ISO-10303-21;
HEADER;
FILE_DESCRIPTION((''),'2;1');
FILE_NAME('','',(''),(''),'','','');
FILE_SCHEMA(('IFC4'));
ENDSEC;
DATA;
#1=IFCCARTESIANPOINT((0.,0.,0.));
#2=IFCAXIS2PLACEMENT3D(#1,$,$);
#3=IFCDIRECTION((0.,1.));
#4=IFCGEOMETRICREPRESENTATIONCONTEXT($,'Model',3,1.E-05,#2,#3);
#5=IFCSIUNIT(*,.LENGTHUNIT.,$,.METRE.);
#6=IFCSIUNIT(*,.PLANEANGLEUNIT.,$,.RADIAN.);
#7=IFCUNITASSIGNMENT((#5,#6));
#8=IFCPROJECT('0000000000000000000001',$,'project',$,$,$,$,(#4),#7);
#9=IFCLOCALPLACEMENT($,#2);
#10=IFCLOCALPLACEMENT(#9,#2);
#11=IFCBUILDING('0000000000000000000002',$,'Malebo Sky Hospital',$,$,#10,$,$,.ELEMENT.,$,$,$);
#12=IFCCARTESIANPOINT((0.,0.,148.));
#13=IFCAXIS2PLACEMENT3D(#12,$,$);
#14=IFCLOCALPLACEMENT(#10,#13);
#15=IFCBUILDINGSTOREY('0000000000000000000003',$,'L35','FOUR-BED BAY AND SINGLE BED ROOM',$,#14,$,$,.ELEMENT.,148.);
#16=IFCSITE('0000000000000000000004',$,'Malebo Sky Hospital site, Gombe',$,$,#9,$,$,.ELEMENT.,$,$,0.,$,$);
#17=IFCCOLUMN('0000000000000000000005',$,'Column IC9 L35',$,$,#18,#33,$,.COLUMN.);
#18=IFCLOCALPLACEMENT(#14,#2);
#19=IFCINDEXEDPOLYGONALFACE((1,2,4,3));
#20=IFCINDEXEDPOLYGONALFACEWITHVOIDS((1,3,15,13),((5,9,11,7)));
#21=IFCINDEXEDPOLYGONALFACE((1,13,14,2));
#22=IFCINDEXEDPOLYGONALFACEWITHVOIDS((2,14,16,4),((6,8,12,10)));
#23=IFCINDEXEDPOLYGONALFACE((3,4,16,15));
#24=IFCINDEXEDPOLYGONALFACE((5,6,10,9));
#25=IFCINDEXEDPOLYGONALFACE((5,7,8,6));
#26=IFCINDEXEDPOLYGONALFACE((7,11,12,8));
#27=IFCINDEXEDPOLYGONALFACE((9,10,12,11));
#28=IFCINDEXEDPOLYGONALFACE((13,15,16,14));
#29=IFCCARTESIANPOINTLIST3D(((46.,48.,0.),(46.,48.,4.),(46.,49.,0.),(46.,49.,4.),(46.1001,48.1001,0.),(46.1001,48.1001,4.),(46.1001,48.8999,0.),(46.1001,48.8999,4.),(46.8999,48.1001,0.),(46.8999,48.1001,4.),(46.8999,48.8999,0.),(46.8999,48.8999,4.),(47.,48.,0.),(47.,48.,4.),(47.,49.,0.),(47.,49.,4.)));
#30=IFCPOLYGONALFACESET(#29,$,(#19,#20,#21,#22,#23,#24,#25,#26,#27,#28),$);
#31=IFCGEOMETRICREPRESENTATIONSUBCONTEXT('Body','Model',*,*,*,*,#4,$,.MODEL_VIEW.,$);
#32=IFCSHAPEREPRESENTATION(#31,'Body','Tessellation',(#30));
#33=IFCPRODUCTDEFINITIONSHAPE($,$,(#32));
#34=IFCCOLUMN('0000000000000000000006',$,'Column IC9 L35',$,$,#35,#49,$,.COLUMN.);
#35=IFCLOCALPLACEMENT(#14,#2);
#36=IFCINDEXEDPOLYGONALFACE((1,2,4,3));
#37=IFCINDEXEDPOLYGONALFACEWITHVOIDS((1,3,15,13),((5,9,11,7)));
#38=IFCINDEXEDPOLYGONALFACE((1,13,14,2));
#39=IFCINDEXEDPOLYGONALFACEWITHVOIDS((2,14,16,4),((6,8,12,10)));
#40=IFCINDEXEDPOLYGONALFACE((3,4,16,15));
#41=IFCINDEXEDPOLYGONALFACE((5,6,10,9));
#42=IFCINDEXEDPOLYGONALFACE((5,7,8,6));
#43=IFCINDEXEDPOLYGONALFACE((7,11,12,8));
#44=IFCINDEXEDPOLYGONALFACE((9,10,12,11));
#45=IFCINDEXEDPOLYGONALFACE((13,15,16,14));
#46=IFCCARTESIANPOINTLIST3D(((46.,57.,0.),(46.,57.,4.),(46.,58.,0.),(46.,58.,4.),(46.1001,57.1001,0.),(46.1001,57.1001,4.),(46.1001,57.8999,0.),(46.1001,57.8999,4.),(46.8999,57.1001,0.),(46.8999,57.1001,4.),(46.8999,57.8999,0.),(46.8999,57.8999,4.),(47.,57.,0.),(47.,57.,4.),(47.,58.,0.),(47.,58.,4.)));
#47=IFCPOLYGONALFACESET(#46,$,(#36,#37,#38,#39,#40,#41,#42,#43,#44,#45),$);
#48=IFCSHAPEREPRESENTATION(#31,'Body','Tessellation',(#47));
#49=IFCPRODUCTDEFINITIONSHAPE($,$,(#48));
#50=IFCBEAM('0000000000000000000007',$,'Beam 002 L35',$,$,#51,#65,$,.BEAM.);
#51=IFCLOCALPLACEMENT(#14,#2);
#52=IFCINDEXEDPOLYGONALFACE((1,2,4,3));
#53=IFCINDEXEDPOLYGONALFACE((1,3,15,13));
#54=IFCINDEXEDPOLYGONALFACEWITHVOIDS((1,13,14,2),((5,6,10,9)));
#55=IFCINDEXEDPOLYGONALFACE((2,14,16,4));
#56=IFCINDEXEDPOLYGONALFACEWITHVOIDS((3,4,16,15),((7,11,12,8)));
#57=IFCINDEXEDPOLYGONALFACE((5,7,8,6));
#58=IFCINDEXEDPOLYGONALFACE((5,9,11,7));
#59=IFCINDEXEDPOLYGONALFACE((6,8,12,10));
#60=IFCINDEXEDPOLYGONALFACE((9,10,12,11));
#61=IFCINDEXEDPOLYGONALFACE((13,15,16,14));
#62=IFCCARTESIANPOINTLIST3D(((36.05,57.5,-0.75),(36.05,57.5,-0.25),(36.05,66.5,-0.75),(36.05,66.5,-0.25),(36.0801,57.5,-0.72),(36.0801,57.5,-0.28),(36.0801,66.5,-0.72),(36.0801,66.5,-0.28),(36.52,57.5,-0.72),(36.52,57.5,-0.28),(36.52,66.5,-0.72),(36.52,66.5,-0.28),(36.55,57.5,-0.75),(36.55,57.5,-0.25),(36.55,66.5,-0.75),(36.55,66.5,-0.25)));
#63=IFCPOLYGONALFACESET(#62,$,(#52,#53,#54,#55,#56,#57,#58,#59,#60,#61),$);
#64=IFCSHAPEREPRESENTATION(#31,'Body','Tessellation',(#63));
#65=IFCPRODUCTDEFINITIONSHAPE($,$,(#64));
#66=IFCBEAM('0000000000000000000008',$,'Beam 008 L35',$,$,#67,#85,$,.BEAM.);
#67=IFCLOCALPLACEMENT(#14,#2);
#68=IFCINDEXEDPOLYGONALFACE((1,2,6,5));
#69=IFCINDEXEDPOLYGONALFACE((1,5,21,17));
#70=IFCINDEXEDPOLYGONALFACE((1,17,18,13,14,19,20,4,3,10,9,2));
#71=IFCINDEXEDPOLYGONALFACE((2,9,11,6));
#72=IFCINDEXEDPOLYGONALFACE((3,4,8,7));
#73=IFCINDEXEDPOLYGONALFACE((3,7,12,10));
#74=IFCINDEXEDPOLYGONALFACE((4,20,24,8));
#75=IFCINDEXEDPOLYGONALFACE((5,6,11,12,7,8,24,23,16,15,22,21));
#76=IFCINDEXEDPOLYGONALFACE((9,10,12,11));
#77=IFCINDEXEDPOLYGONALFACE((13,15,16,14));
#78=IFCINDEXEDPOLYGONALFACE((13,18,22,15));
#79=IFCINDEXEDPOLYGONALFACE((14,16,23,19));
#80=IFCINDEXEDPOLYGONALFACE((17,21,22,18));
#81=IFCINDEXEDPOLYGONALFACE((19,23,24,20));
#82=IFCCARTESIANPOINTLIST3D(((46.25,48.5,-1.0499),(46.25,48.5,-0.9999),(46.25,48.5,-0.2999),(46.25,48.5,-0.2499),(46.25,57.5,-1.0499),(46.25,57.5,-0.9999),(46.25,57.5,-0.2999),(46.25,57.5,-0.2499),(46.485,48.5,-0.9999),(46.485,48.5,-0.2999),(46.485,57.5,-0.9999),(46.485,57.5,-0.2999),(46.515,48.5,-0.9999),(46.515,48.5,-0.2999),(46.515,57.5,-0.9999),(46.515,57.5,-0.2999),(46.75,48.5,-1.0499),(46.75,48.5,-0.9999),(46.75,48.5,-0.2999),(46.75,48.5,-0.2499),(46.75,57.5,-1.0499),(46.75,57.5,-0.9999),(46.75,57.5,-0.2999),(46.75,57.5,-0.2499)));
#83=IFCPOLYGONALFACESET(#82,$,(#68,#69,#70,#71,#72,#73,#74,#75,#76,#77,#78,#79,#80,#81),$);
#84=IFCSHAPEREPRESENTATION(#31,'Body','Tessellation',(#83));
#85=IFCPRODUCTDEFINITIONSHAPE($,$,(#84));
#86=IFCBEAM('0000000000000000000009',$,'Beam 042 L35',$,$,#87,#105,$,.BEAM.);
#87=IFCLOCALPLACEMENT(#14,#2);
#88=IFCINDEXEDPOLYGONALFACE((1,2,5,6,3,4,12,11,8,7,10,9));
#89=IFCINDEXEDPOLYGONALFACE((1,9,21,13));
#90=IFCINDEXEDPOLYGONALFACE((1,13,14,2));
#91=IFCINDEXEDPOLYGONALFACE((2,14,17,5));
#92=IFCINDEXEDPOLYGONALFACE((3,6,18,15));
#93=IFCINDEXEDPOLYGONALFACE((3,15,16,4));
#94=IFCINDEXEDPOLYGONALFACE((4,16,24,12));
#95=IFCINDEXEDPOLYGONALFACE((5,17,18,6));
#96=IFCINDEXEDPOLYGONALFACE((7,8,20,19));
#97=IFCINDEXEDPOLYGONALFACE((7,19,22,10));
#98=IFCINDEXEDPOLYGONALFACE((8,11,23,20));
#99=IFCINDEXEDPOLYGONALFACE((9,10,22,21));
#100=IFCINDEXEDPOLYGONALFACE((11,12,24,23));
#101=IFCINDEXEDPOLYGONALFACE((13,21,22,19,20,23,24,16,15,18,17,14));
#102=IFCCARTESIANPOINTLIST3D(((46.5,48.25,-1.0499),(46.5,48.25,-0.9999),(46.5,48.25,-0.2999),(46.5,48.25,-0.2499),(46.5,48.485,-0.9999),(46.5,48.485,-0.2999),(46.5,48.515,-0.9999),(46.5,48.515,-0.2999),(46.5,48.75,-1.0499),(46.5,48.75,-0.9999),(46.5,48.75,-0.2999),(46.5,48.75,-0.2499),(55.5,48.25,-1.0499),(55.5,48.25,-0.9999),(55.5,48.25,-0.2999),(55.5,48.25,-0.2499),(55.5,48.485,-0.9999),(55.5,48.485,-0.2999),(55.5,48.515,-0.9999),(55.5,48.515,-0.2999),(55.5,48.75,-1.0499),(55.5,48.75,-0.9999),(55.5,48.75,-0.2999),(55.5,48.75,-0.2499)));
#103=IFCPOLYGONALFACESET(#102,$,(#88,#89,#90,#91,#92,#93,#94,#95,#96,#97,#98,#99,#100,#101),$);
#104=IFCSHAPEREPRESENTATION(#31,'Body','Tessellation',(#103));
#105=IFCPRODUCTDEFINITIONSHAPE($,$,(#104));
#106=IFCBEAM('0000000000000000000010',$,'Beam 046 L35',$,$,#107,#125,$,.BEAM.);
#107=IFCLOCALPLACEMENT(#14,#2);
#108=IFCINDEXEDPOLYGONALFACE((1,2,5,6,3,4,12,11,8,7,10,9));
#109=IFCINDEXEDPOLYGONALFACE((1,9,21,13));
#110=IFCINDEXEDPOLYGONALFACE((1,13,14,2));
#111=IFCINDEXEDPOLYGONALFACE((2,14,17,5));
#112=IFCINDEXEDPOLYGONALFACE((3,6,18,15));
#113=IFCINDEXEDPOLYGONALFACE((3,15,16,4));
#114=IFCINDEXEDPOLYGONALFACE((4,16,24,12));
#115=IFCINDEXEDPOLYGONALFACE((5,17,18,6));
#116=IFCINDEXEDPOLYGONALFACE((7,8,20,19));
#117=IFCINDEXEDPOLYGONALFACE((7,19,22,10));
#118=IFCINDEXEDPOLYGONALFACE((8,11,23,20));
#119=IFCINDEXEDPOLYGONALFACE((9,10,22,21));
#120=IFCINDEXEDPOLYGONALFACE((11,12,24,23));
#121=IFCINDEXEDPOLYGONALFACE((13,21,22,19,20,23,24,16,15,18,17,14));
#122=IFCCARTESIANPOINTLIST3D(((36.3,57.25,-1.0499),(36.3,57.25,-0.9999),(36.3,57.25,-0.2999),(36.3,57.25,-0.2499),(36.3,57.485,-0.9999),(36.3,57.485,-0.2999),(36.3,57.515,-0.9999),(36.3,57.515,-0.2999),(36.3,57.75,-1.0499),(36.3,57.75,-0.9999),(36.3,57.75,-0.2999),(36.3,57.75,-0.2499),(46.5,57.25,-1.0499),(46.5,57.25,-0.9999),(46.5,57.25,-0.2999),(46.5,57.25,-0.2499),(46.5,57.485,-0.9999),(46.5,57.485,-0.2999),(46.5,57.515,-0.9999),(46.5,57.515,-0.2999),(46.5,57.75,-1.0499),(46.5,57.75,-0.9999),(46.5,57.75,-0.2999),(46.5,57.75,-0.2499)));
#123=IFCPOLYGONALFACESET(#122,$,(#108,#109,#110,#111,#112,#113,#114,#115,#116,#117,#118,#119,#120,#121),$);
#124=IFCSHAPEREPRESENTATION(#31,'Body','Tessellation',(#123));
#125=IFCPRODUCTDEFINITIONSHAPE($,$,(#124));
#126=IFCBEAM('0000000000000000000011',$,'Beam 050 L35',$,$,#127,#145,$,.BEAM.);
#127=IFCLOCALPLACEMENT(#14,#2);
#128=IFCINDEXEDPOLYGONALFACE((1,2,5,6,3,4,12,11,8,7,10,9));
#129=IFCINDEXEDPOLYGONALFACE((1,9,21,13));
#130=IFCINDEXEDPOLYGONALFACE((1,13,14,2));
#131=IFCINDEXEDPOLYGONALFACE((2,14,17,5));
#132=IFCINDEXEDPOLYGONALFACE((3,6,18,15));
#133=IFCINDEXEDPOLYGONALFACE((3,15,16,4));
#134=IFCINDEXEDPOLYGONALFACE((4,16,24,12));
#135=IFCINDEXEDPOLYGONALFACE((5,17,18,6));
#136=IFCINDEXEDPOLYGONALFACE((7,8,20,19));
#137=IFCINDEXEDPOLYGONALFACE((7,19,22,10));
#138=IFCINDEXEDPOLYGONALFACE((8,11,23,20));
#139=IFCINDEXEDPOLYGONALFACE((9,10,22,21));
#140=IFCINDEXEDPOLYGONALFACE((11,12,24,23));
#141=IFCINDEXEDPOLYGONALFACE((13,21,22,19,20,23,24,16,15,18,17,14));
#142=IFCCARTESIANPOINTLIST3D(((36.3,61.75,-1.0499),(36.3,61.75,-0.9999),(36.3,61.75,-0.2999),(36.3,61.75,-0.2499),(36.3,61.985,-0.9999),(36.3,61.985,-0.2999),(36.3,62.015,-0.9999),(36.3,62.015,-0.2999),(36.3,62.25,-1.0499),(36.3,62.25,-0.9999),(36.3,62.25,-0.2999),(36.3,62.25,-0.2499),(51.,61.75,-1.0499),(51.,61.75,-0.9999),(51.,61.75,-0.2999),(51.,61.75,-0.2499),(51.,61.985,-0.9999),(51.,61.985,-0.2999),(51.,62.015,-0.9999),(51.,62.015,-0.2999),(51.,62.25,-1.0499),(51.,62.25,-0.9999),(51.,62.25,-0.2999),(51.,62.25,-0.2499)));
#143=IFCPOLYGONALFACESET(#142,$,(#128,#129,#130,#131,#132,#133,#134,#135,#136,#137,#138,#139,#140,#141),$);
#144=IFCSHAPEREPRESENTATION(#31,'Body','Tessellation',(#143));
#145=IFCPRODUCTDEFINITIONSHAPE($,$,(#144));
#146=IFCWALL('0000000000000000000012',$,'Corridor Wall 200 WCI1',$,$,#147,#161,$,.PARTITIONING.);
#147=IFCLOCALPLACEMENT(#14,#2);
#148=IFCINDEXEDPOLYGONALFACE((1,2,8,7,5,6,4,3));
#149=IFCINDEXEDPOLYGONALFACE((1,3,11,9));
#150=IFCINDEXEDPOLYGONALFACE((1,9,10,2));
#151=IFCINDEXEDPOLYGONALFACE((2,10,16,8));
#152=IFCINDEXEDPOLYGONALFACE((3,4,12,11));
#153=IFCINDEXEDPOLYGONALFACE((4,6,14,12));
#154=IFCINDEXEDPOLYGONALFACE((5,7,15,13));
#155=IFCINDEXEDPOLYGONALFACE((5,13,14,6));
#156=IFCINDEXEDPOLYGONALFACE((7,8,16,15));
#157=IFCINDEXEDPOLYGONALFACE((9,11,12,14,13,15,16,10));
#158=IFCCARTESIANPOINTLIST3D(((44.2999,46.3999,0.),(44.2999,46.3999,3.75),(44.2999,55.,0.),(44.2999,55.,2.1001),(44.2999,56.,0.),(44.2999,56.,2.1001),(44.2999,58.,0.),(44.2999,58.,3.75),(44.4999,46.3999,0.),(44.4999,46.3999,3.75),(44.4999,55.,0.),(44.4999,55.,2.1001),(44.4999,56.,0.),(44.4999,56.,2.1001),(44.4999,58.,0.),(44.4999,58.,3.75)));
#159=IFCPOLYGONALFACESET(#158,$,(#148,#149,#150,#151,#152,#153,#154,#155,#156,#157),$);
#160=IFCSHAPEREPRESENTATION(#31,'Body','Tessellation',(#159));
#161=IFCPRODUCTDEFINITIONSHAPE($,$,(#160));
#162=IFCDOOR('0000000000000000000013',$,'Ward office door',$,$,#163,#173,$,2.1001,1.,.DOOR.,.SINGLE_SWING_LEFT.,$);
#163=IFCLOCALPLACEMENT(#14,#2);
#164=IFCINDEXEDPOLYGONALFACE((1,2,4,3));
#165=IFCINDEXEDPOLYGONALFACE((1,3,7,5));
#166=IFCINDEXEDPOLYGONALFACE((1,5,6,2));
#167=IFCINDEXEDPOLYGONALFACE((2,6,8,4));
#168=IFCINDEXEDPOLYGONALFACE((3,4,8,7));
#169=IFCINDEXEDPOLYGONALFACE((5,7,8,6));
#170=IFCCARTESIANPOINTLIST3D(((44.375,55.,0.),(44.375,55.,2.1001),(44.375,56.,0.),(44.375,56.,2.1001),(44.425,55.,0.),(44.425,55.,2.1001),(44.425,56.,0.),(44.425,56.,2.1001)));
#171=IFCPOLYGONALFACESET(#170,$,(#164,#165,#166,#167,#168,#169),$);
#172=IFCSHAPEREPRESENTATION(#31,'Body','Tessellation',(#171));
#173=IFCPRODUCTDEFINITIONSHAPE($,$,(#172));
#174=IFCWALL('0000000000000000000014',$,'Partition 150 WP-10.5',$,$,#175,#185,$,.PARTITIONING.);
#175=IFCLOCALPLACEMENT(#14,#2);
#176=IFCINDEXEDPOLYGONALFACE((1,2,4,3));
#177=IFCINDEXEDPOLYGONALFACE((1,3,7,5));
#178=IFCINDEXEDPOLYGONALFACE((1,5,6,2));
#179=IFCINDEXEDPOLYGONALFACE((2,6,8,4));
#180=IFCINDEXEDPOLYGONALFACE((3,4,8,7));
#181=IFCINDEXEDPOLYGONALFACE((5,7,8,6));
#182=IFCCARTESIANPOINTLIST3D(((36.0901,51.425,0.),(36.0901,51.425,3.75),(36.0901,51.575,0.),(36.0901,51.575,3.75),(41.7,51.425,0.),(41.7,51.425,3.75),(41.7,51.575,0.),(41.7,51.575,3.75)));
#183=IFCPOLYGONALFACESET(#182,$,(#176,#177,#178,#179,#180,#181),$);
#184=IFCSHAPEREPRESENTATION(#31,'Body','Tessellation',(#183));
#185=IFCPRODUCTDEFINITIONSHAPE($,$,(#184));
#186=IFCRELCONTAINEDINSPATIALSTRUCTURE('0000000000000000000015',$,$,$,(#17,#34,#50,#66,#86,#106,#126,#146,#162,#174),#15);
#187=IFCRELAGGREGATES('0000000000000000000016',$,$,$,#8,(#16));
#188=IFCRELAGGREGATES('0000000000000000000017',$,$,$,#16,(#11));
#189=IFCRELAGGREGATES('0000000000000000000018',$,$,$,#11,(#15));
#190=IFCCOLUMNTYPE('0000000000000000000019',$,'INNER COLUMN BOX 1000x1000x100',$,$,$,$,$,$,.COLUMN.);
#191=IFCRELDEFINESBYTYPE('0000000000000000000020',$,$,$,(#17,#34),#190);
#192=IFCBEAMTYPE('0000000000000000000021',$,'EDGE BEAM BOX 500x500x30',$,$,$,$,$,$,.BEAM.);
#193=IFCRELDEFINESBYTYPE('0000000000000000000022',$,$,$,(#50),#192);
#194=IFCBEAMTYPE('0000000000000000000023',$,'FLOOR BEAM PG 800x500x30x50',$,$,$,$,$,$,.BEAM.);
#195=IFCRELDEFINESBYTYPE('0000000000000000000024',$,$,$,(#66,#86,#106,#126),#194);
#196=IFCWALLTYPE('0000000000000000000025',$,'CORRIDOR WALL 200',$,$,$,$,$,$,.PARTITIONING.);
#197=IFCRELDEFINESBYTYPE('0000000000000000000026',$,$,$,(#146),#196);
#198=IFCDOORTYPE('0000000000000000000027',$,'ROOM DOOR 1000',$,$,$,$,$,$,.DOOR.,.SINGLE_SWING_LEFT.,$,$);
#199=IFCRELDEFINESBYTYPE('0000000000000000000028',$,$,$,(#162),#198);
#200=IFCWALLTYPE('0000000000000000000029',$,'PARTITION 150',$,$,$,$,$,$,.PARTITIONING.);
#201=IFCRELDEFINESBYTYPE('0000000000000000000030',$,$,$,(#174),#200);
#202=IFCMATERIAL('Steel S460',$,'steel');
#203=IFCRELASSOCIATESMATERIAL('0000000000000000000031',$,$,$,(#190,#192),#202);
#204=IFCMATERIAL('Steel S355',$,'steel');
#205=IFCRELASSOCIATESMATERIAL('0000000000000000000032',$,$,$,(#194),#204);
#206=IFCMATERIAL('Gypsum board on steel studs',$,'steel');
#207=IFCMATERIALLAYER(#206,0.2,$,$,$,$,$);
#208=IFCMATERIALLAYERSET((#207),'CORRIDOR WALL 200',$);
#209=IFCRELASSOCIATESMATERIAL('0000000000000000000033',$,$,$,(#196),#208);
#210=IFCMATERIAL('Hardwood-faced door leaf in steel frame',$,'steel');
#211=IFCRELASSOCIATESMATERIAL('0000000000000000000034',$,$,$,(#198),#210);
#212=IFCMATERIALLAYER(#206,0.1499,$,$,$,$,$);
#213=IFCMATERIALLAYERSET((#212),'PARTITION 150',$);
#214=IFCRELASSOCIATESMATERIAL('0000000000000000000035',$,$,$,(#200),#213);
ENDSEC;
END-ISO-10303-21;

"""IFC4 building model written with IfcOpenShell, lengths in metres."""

from ifc_helpers import new_model, si_unit, direction, frame, frame_2d, origin, origin_2d, place, context, subcontext, project, spatial, rectangle, hollow_rectangle, i_section, extrude, material, layer, layer_set, material_profile, profile_set, type_object, element, fill, save


model = new_model("IFC4")

# Units and contexts
model_context = context("Model", 3, precision=1e-05, world=origin(), true_north=direction((0.0, 1.0)))
body_context = subcontext(model_context, "Body", "Model", "MODEL_VIEW")
ifc_project = project(units=[si_unit("LENGTHUNIT", "METRE"), si_unit("PLANEANGLEUNIT", "RADIAN")], contexts=[model_context])

# Site, building, storey
site_placement = place(None, origin())
site = spatial("IfcSite", under=ifc_project, at=site_placement, Name="Malebo Sky Hospital site, Gombe", CompositionType="ELEMENT", RefElevation=0.0)
building_placement = place(site_placement, origin())
building = spatial("IfcBuilding", under=site, at=building_placement, Name="Malebo Sky Hospital", CompositionType="ELEMENT")
storey_placement = place(building_placement, frame((0.0, 0.0, 148.0)))
storey = spatial("IfcBuildingStorey", under=building, at=storey_placement, Name="L35", Description="FOUR-BED BAY AND SINGLE BED ROOM", CompositionType="ELEMENT", Elevation=148.0)

# Columns
ifc_material_1 = material(Name="Steel S460", Category="steel")
ifc_material_profile_1 = material_profile(ifc_material_1, hollow_rectangle(XDim=1.0, YDim=1.0, WallThickness=0.1001, at=origin_2d()), Name="BOX 1000x1000x100")
ifc_profile_set_1 = profile_set([ifc_material_profile_1], Name="Steel S460")
column_type = type_object("IfcColumnType", Name="INNER COLUMN BOX 1000x1000x100", PredefinedType="COLUMN", material=ifc_profile_set_1)
for number, where, z_axis, x_axis, name in (
    (1, (46.5, 48.5, 0.0), (0.0, 0.0, 1.0), (1.0, 0.0, 0.0), "Column IC9 L35"),
    (2, (46.5, 57.5, 0.0), (0.0, 0.0, 1.0), (1.0, 0.0, 0.0), "Column IC9 L35"),
):
    element("IfcColumn", number, at=place(storey_placement, frame(where, z_axis=z_axis, x_axis=x_axis)), inside=storey, type_object=column_type, Name=name, PredefinedType="COLUMN", context=body_context, shape_type="SweptSolid", body=[
        extrude(hollow_rectangle(XDim=1.0, YDim=1.0, WallThickness=0.1001, at=origin_2d()), origin(), (0.0, 0.0, 1.0), 4.0),
    ])

# Beams
ifc_material_profile_2 = material_profile(ifc_material_1, hollow_rectangle(XDim=0.5, YDim=0.5, WallThickness=0.03, at=origin_2d()), Name="BOX 500x500x30")
ifc_profile_set_2 = profile_set([ifc_material_profile_2], Name="Steel S460")
beam_type_1 = type_object("IfcBeamType", Name="EDGE BEAM BOX 500x500x30", PredefinedType="BEAM", material=ifc_profile_set_2)
beam_1_placement = place(storey_placement, frame((36.3, 57.5, -0.5), z_axis=(0.0, 1.0, 0.0), x_axis=(-1.0, 0.0, 0.0)))
element("IfcBeam", 3, at=beam_1_placement, inside=storey, type_object=beam_type_1, Name="Beam 002 L35", PredefinedType="BEAM", context=body_context, shape_type="SweptSolid", body=[
    extrude(hollow_rectangle(XDim=0.5, YDim=0.5, WallThickness=0.03, at=origin_2d()), origin(), (0.0, 0.0, 1.0), 9.0),
])
ifc_material_2 = material(Name="Steel S355", Category="steel")
ifc_material_profile_3 = material_profile(ifc_material_2, i_section(OverallWidth=0.5, OverallDepth=0.8, WebThickness=0.03, FlangeThickness=0.05, at=origin_2d()), Name="PG 800x500x30x50")
ifc_profile_set_3 = profile_set([ifc_material_profile_3], Name="Steel S355")
beam_type_2 = type_object("IfcBeamType", Name="FLOOR BEAM PG 800x500x30x50", PredefinedType="BEAM", material=ifc_profile_set_3)
for number, where, z_axis, x_axis, name in (
    (4, (46.5, 48.5, -0.6499), (0.0, 1.0, 0.0), (-1.0, 0.0, 0.0), "Beam 008 L35"),
    (5, (46.5, 48.5, -0.6499), (1.0, 0.0, 0.0), (0.0, 1.0, 0.0), "Beam 042 L35"),
):
    element("IfcBeam", number, at=place(storey_placement, frame(where, z_axis=z_axis, x_axis=x_axis)), inside=storey, type_object=beam_type_2, Name=name, PredefinedType="BEAM", context=body_context, shape_type="SweptSolid", body=[
        extrude(i_section(OverallWidth=0.5, OverallDepth=0.8, WebThickness=0.03, FlangeThickness=0.05, at=origin_2d()), origin(), (0.0, 0.0, 1.0), 9.0),
    ])
beam_2_placement = place(storey_placement, frame((36.3, 57.5, -0.6499), z_axis=(1.0, 0.0, 0.0), x_axis=(0.0, 1.0, 0.0)))
element("IfcBeam", 6, at=beam_2_placement, inside=storey, type_object=beam_type_2, Name="Beam 046 L35", PredefinedType="BEAM", context=body_context, shape_type="SweptSolid", body=[
    extrude(i_section(OverallWidth=0.5, OverallDepth=0.8, WebThickness=0.03, FlangeThickness=0.05, at=origin_2d()), origin(), (0.0, 0.0, 1.0), 10.2),
])
beam_3_placement = place(storey_placement, frame((36.3, 62.0, -0.6499), z_axis=(1.0, 0.0, 0.0), x_axis=(0.0, 1.0, 0.0)))
element("IfcBeam", 7, at=beam_3_placement, inside=storey, type_object=beam_type_2, Name="Beam 050 L35", PredefinedType="BEAM", context=body_context, shape_type="SweptSolid", body=[
    extrude(i_section(OverallWidth=0.5, OverallDepth=0.8, WebThickness=0.03, FlangeThickness=0.05, at=origin_2d()), origin(), (0.0, 0.0, 1.0), 14.7),
])

# Wall, opening, door
ifc_material_3 = material(Name="Gypsum board on steel studs", Category="steel")
ifc_layer_1 = layer(ifc_material_3, 0.2)
ifc_layer_set_1 = layer_set([ifc_layer_1], Name="CORRIDOR WALL 200")
wall_type_1 = type_object("IfcWallType", Name="CORRIDOR WALL 200", PredefinedType="PARTITIONING", material=ifc_layer_set_1)
wall_1_placement = place(storey_placement, frame((44.3999, 46.3999, 0.0), z_axis=(0.0, 0.0, 1.0), x_axis=(0.0, 1.0, 0.0)))
wall_1 = element("IfcWall", 8, at=wall_1_placement, inside=storey, type_object=wall_type_1, Name="Corridor Wall 200 WCI1", PredefinedType="PARTITIONING", context=body_context, shape_type="SweptSolid", body=[
    extrude(rectangle(XDim=11.6001, YDim=0.2, at=frame_2d((5.8, 0.0))), origin(), (0.0, 0.0, 1.0), 3.75),
])
opening_1_placement = place(wall_1_placement, frame((8.6001, 0.0, 0.0)))
opening_1 = element("IfcOpeningElement", 9, at=opening_1_placement, cuts=wall_1, PredefinedType="OPENING", context=body_context, shape_type="SweptSolid", body=[
    extrude(rectangle(XDim=1.0, YDim=2.1001, at=frame_2d((0.5, 1.05))), frame((0.0, 0.1099, 0.0), z_axis=(0.0, -1.0, 0.0), x_axis=(1.0, 0.0, 0.0)), (0.0, 0.0, 1.0), 0.22),
])
ifc_material_4 = material(Name="Hardwood-faced door leaf in steel frame", Category="steel")
door_type_1 = type_object("IfcDoorType", Name="ROOM DOOR 1000", OperationType="SINGLE_SWING_LEFT", PredefinedType="DOOR", material=ifc_material_4)
door_1_placement = place(opening_1_placement, origin())
door_1 = element("IfcDoor", 10, at=door_1_placement, inside=storey, type_object=door_type_1, Name="Ward office door", OperationType="SINGLE_SWING_LEFT", OverallHeight=2.1001, OverallWidth=1.0, PredefinedType="DOOR", context=body_context, shape_type="SweptSolid", body=[
    extrude(rectangle(XDim=1.0, YDim=2.1001, at=frame_2d((0.5, 1.05))), frame((0.0, 0.0249, 0.0), z_axis=(0.0, -1.0, 0.0), x_axis=(1.0, 0.0, 0.0)), (0.0, 0.0, 1.0), 0.05),
])
fill(opening_1, door_1)

# Wall
ifc_layer_2 = layer(ifc_material_3, 0.1499)
ifc_layer_set_2 = layer_set([ifc_layer_2], Name="PARTITION 150")
wall_type_2 = type_object("IfcWallType", Name="PARTITION 150", PredefinedType="PARTITIONING", material=ifc_layer_set_2)
for number, where, z_axis, x_axis, name in (
    (11, (41.7, 51.5, 0.0), (0.0, 0.0, 1.0), (-1.0, 0.0, 0.0), "Partition 150 WP-10.5"),
):
    element("IfcWall", number, at=place(storey_placement, frame(where, z_axis=z_axis, x_axis=x_axis)), inside=storey, type_object=wall_type_2, Name=name, PredefinedType="PARTITIONING", context=body_context, shape_type="SweptSolid", body=[
        extrude(rectangle(XDim=5.6099, YDim=0.1499, at=frame_2d((2.8049, 0.0))), origin(), (0.0, 0.0, 1.0), 3.75),
    ])

save(model, "model.ifc")
